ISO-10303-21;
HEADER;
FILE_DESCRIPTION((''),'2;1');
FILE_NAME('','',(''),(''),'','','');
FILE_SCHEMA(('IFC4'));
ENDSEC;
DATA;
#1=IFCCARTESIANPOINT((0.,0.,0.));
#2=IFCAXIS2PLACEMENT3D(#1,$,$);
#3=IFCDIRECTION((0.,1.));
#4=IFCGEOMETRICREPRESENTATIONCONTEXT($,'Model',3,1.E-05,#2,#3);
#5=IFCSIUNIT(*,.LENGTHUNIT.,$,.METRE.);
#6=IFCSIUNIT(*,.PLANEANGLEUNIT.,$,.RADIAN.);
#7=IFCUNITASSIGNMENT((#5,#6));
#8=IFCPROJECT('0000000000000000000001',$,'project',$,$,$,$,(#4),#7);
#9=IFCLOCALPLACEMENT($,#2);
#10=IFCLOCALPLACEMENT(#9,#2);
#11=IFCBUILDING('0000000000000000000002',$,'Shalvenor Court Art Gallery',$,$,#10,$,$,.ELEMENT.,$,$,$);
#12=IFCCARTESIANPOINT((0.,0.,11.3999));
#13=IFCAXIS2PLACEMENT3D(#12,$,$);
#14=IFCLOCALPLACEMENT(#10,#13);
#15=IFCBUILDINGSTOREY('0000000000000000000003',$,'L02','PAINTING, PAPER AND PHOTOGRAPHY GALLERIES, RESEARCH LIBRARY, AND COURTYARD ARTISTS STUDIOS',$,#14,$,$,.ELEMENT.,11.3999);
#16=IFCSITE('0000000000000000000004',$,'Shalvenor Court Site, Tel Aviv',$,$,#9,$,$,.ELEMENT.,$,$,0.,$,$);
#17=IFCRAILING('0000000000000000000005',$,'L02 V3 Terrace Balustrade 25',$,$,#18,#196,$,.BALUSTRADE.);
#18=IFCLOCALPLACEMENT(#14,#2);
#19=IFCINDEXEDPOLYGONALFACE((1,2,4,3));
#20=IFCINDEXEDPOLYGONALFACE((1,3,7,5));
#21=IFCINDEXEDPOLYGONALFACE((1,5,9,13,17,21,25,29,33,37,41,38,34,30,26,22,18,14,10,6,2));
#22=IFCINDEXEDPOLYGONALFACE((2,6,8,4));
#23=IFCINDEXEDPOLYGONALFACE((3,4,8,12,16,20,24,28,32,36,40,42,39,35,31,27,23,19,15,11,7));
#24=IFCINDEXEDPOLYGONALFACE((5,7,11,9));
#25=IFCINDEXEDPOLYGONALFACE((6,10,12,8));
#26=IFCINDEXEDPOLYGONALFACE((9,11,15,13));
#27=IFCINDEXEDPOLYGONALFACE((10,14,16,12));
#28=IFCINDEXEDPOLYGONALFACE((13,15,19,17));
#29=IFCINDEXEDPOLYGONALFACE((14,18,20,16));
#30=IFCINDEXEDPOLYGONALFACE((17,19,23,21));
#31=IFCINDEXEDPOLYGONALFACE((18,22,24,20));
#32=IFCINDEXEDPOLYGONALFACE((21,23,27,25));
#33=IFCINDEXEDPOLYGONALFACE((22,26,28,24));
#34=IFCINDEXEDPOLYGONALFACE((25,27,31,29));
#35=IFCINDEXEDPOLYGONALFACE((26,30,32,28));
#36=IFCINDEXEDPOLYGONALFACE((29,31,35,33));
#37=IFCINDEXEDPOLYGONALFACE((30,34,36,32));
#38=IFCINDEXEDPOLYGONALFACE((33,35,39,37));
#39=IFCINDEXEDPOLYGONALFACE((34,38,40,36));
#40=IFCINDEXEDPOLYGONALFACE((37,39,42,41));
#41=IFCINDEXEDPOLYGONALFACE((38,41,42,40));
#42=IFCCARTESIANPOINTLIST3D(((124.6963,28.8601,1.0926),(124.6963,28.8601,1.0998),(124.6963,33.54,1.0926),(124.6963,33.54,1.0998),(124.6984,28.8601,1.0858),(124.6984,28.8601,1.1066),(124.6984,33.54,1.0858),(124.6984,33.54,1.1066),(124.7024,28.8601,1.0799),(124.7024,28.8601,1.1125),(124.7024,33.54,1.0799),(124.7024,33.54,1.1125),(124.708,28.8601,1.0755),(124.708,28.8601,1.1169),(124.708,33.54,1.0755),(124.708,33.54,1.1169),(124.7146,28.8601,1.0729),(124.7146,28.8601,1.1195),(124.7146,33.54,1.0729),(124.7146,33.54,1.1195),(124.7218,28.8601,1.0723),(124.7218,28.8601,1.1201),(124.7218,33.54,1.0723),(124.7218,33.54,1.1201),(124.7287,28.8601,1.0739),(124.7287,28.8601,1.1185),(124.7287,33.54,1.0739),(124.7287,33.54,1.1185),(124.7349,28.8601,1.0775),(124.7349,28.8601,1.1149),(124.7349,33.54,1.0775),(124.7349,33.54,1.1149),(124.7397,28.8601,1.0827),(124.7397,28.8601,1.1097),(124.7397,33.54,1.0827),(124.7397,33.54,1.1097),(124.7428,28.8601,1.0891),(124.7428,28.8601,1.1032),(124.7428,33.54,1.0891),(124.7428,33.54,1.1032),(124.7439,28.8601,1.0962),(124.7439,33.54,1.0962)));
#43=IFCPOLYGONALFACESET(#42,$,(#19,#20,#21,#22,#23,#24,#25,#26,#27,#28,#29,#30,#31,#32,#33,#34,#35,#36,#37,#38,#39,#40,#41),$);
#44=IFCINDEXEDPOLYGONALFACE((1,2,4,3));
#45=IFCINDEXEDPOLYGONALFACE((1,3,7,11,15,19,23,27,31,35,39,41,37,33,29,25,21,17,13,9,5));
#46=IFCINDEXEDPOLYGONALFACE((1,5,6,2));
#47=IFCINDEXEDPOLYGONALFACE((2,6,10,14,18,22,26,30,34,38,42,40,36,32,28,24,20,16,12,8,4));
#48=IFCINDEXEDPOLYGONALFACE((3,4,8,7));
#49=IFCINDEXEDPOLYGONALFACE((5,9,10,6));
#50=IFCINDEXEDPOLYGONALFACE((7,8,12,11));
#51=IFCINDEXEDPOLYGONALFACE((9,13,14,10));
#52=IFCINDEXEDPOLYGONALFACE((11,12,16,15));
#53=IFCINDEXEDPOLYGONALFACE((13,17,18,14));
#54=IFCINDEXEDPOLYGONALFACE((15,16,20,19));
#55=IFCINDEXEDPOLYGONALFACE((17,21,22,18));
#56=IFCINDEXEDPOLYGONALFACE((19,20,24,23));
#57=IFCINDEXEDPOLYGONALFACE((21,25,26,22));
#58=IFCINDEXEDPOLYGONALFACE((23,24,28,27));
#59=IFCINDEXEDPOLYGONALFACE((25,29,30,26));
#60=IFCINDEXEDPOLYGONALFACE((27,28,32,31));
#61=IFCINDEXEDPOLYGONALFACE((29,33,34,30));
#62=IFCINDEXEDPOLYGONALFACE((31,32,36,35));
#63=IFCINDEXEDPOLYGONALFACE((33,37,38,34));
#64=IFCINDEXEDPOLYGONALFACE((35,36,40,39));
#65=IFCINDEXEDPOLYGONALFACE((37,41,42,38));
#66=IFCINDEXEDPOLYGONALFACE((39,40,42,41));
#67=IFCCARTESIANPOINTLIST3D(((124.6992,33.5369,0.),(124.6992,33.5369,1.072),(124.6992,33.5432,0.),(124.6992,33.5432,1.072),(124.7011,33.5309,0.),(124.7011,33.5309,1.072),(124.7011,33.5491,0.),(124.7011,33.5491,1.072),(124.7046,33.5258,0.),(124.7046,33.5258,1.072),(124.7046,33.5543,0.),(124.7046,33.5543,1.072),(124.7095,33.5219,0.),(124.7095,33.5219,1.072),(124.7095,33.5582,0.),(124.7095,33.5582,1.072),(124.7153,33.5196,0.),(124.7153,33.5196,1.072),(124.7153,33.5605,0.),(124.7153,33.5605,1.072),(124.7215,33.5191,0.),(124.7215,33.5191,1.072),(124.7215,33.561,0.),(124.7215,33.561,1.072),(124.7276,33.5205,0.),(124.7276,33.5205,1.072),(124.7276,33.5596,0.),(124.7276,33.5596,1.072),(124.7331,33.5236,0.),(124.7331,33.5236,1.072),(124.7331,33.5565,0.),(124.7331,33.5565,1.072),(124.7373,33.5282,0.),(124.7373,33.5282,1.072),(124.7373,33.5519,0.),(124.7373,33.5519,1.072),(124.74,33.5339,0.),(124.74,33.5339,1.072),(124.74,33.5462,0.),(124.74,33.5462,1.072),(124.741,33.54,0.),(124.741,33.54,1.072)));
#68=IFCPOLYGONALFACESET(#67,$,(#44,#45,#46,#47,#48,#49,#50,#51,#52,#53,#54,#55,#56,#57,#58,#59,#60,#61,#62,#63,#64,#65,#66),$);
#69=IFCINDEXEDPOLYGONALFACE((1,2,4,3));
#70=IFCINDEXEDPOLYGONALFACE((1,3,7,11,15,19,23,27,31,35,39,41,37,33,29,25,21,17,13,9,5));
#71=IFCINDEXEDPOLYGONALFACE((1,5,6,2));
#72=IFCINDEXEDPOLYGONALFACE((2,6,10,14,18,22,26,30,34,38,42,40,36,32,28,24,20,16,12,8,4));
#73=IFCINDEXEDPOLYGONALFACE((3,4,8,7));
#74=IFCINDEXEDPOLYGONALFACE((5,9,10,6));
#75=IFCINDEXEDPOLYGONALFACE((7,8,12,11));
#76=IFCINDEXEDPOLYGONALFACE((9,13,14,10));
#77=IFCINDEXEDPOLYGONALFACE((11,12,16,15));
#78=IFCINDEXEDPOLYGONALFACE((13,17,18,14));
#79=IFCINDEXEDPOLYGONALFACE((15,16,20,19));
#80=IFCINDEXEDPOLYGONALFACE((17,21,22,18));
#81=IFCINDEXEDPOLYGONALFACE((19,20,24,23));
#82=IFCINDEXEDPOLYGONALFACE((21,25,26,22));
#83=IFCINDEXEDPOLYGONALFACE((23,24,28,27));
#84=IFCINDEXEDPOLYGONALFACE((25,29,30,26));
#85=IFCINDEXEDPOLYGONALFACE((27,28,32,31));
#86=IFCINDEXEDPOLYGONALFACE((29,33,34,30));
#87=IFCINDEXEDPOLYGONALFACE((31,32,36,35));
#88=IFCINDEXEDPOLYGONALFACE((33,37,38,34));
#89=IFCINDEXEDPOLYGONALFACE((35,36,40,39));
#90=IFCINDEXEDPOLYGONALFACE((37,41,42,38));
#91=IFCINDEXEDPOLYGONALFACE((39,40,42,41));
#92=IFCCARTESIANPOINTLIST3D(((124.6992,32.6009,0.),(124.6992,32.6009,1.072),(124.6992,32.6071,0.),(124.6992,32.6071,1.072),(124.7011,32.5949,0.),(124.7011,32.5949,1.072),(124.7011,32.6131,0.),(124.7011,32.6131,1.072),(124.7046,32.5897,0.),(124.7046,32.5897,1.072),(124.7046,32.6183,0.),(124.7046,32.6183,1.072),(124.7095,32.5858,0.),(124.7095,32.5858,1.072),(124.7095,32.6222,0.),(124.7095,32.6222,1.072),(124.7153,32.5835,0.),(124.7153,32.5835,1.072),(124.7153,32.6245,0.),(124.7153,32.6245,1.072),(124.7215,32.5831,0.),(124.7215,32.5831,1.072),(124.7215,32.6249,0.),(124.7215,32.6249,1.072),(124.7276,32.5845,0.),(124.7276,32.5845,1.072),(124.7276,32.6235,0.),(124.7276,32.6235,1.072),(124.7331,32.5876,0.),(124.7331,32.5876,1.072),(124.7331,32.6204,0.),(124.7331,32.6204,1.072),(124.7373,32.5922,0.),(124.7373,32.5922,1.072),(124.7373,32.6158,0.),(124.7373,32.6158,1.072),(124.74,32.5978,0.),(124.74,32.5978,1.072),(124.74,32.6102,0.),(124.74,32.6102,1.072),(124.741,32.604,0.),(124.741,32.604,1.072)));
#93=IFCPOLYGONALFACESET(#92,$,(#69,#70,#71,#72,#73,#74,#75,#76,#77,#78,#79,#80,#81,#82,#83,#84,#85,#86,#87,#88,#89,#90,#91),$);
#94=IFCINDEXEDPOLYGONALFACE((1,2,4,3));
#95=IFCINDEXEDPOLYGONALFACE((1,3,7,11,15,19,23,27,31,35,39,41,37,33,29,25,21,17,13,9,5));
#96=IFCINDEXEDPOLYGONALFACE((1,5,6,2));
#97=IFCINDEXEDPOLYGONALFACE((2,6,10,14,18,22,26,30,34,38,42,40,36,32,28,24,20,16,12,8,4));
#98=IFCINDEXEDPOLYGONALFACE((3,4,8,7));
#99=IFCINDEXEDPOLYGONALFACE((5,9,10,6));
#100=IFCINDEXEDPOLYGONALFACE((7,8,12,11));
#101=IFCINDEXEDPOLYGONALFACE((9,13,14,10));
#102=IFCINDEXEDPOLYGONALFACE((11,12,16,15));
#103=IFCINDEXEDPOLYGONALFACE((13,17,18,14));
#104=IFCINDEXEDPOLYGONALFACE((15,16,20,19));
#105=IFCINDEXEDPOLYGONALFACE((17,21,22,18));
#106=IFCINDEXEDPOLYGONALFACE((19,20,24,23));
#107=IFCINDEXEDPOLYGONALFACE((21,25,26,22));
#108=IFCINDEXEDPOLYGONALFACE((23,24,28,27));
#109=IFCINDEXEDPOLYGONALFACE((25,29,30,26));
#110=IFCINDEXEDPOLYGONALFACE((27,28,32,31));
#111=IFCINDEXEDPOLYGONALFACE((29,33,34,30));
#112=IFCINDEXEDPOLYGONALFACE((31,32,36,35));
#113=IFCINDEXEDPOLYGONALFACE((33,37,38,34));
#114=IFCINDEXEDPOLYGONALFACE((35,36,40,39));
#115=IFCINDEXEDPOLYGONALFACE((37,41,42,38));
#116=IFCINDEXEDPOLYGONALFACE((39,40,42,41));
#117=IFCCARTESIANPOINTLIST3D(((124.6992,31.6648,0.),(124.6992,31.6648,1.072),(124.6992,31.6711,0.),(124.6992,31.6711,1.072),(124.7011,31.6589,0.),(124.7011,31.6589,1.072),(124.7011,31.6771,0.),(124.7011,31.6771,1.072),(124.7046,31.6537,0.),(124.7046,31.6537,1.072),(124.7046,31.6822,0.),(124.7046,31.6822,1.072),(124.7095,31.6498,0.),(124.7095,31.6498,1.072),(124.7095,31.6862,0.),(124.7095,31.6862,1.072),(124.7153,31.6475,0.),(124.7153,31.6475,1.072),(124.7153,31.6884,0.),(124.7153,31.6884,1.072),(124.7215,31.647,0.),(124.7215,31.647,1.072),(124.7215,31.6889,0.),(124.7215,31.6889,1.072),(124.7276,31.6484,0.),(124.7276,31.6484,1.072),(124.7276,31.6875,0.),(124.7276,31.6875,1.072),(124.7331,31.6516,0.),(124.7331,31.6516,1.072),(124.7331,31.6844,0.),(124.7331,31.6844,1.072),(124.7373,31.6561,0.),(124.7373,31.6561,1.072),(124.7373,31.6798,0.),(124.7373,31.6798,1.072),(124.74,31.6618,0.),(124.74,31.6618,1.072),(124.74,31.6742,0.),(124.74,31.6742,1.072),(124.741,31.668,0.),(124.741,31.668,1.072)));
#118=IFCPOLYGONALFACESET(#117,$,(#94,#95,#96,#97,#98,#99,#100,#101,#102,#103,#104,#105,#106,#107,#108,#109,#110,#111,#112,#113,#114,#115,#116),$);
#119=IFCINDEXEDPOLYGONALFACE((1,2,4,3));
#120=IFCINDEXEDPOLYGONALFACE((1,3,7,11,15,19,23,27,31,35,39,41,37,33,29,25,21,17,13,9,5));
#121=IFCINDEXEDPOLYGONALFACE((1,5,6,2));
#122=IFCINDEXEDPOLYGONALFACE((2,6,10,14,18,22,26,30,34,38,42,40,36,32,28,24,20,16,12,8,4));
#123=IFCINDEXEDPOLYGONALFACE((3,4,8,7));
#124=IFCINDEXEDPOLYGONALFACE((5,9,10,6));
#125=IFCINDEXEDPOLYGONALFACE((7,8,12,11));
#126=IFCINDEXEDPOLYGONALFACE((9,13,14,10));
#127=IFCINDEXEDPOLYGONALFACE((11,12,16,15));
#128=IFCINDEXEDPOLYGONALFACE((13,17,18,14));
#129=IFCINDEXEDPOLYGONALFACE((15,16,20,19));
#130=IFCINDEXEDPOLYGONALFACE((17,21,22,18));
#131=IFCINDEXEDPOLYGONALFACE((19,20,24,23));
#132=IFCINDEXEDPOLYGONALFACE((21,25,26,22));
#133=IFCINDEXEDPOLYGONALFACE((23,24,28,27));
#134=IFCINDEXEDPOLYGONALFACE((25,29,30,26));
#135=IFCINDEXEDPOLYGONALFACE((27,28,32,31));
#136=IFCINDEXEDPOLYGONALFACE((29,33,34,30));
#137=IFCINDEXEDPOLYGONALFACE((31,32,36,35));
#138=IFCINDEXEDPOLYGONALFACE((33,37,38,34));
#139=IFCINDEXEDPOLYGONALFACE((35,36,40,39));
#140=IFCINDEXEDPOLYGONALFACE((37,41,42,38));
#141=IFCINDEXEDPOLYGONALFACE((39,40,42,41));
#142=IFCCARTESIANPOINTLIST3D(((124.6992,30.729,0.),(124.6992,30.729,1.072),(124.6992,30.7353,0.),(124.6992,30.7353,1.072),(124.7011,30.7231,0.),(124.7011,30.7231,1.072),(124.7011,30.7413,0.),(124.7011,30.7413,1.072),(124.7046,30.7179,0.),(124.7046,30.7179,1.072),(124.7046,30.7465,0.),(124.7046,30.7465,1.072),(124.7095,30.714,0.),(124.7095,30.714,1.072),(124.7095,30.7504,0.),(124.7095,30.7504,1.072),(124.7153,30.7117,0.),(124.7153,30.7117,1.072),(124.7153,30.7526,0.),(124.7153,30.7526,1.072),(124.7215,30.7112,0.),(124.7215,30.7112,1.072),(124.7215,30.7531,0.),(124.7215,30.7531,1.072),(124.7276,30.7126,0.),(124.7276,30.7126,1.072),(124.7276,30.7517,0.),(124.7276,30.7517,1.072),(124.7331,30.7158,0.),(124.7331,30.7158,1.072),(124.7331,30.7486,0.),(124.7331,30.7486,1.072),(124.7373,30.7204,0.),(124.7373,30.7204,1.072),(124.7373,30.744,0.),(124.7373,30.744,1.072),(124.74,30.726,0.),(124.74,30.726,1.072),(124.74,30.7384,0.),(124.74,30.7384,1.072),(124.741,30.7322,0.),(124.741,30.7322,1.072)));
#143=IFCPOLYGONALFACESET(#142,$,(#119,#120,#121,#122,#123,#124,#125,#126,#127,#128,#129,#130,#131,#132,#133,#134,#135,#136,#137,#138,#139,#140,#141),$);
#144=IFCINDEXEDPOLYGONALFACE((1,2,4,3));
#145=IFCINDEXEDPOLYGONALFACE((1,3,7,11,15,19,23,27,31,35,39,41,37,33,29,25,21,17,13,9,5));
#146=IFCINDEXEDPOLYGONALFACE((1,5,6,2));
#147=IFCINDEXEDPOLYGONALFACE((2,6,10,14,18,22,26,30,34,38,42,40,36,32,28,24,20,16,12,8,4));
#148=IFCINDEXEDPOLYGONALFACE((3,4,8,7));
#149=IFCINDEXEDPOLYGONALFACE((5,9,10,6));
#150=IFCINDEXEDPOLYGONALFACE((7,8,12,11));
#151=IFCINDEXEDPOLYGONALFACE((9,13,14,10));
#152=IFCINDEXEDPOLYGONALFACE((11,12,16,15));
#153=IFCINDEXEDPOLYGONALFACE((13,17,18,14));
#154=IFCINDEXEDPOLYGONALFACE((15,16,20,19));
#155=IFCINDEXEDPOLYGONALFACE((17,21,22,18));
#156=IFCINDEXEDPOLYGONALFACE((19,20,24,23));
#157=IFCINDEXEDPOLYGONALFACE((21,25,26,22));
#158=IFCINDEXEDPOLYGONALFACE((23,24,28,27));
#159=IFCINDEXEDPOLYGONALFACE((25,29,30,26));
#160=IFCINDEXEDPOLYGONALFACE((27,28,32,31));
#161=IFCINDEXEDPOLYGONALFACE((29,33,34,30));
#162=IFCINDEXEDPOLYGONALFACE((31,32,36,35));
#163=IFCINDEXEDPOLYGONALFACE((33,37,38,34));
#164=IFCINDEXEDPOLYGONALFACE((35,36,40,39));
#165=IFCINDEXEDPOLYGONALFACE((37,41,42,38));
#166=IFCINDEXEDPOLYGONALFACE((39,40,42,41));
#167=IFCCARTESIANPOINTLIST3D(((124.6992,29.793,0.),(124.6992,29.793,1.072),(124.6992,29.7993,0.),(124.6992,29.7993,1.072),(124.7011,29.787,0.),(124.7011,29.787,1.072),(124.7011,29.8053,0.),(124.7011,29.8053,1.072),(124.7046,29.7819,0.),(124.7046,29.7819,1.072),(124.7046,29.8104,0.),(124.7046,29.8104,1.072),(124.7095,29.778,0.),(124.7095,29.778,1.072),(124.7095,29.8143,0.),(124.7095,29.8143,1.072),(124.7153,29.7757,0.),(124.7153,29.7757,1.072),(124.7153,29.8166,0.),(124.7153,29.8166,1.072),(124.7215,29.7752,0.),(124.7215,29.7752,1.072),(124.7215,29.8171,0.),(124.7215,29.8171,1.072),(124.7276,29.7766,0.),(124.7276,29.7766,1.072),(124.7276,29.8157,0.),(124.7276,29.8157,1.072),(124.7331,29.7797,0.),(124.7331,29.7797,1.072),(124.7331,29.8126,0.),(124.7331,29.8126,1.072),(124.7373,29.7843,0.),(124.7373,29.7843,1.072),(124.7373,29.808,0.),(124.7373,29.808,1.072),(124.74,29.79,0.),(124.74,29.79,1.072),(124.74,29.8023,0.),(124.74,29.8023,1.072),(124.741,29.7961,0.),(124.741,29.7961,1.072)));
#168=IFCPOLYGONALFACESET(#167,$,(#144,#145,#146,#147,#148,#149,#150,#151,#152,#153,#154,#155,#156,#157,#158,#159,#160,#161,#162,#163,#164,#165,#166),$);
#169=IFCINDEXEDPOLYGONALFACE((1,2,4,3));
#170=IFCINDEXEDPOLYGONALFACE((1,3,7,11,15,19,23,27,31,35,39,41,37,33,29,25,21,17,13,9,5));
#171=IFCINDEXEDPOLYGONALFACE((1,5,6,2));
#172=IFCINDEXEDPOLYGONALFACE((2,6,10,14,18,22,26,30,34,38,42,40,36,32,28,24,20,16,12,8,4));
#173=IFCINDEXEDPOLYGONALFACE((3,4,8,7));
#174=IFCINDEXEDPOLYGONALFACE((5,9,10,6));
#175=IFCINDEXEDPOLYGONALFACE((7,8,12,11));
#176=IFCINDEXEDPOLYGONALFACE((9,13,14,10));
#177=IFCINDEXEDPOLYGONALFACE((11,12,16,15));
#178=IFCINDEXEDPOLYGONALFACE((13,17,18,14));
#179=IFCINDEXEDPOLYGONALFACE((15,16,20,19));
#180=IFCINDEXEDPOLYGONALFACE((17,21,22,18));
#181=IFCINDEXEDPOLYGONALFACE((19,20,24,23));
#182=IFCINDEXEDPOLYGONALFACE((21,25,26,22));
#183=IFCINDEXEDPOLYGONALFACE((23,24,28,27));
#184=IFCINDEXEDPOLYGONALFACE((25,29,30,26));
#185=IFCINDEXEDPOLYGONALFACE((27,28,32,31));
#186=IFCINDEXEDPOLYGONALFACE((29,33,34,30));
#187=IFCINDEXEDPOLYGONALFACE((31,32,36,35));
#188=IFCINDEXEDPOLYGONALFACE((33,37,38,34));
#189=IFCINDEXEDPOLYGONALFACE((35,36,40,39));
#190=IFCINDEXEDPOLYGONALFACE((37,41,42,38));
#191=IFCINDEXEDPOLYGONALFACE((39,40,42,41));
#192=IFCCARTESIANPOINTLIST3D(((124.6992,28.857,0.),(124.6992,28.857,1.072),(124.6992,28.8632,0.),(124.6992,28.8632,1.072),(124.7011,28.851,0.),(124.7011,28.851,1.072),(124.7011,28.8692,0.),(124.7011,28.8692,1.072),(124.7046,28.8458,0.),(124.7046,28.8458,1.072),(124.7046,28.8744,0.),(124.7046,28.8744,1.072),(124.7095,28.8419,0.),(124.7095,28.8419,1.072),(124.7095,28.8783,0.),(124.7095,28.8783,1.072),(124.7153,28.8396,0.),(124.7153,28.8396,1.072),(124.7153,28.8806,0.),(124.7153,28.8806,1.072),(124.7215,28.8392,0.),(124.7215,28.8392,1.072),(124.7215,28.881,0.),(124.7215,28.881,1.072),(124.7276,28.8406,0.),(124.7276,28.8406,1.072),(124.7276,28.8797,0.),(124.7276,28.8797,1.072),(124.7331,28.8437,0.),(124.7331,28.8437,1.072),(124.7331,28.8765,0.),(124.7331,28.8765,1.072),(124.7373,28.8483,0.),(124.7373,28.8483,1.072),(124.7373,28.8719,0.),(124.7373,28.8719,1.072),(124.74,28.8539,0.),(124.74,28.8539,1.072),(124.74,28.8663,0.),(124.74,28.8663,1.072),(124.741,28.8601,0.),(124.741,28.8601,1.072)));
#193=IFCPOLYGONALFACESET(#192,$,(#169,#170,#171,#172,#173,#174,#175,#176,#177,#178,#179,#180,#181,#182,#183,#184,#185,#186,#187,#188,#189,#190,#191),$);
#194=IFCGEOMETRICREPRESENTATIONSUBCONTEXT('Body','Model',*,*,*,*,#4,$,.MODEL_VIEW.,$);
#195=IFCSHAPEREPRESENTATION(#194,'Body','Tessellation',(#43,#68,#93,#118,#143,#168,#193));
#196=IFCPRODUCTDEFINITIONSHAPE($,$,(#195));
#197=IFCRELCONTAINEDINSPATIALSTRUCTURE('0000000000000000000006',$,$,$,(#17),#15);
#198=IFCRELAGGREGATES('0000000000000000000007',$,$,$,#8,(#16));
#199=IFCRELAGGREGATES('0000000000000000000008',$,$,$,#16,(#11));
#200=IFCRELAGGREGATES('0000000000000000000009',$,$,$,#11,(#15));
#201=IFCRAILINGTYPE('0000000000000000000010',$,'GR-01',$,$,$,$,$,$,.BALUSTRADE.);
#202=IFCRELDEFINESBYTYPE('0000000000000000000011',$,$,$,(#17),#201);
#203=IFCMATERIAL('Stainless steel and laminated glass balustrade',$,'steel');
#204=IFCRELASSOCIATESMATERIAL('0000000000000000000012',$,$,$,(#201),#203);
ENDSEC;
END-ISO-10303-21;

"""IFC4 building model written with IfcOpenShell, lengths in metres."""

from ifc_helpers import new_model, si_unit, direction, frame, origin, origin_2d, place, context, subcontext, project, spatial, circle, extrude, material, type_object, element, save


model = new_model("IFC4")

# Units and contexts
model_context = context("Model", 3, precision=1e-05, world=origin(), true_north=direction((0.0, 1.0)))
body_context = subcontext(model_context, "Body", "Model", "MODEL_VIEW")
ifc_project = project(units=[si_unit("LENGTHUNIT", "METRE"), si_unit("PLANEANGLEUNIT", "RADIAN")], contexts=[model_context])

# Site, building, storey
site_placement = place(None, origin())
site = spatial("IfcSite", under=ifc_project, at=site_placement, Name="Shalvenor Court Site, Tel Aviv", CompositionType="ELEMENT", RefElevation=0.0)
building_placement = place(site_placement, origin())
building = spatial("IfcBuilding", under=site, at=building_placement, Name="Shalvenor Court Art Gallery", CompositionType="ELEMENT")
storey_placement = place(building_placement, frame((0.0, 0.0, 11.3999)))
storey = spatial("IfcBuildingStorey", under=building, at=storey_placement, Name="L02", Description="PAINTING, PAPER AND PHOTOGRAPHY GALLERIES, RESEARCH LIBRARY, AND COURTYARD ARTISTS STUDIOS", CompositionType="ELEMENT", Elevation=11.3999)

# Railing
ifc_material_1 = material(Name="Stainless steel and laminated glass balustrade", Category="steel")
railing_type = type_object("IfcRailingType", Name="GR-01", PredefinedType="BALUSTRADE", material=ifc_material_1)
railing_placement = place(storey_placement, frame((124.72, 33.54, 0.0)))
element("IfcRailing", 1, at=railing_placement, inside=storey, type_object=railing_type, Name="L02 V3 Terrace Balustrade 25", PredefinedType="BALUSTRADE", context=body_context, shape_type="SweptSolid", body=[
    extrude(circle(Radius=0.0239, at=origin_2d()), frame((0.0, 0.0, 1.0962), z_axis=(0.0, -1.0, 0.0), x_axis=(1.0, 0.0, 0.0)), (0.0, 0.0, 1.0), 4.6799),
    extrude(circle(Radius=0.021, at=origin_2d()), origin(), (0.0, 0.0, 1.0), 1.072),
    extrude(circle(Radius=0.021, at=origin_2d()), frame((0.0, -0.936, 0.0)), (0.0, 0.0, 1.0), 1.072),
    extrude(circle(Radius=0.021, at=origin_2d()), frame((0.0, -1.8721, 0.0)), (0.0, 0.0, 1.0), 1.072),
    extrude(circle(Radius=0.021, at=origin_2d()), frame((0.0, -2.8079, 0.0)), (0.0, 0.0, 1.0), 1.072),
    extrude(circle(Radius=0.021, at=origin_2d()), frame((0.0, -3.7439, 0.0)), (0.0, 0.0, 1.0), 1.072),
    extrude(circle(Radius=0.021, at=origin_2d()), frame((0.0, -4.6799, 0.0)), (0.0, 0.0, 1.0), 1.072),
])

save(model, "model.ifc")
